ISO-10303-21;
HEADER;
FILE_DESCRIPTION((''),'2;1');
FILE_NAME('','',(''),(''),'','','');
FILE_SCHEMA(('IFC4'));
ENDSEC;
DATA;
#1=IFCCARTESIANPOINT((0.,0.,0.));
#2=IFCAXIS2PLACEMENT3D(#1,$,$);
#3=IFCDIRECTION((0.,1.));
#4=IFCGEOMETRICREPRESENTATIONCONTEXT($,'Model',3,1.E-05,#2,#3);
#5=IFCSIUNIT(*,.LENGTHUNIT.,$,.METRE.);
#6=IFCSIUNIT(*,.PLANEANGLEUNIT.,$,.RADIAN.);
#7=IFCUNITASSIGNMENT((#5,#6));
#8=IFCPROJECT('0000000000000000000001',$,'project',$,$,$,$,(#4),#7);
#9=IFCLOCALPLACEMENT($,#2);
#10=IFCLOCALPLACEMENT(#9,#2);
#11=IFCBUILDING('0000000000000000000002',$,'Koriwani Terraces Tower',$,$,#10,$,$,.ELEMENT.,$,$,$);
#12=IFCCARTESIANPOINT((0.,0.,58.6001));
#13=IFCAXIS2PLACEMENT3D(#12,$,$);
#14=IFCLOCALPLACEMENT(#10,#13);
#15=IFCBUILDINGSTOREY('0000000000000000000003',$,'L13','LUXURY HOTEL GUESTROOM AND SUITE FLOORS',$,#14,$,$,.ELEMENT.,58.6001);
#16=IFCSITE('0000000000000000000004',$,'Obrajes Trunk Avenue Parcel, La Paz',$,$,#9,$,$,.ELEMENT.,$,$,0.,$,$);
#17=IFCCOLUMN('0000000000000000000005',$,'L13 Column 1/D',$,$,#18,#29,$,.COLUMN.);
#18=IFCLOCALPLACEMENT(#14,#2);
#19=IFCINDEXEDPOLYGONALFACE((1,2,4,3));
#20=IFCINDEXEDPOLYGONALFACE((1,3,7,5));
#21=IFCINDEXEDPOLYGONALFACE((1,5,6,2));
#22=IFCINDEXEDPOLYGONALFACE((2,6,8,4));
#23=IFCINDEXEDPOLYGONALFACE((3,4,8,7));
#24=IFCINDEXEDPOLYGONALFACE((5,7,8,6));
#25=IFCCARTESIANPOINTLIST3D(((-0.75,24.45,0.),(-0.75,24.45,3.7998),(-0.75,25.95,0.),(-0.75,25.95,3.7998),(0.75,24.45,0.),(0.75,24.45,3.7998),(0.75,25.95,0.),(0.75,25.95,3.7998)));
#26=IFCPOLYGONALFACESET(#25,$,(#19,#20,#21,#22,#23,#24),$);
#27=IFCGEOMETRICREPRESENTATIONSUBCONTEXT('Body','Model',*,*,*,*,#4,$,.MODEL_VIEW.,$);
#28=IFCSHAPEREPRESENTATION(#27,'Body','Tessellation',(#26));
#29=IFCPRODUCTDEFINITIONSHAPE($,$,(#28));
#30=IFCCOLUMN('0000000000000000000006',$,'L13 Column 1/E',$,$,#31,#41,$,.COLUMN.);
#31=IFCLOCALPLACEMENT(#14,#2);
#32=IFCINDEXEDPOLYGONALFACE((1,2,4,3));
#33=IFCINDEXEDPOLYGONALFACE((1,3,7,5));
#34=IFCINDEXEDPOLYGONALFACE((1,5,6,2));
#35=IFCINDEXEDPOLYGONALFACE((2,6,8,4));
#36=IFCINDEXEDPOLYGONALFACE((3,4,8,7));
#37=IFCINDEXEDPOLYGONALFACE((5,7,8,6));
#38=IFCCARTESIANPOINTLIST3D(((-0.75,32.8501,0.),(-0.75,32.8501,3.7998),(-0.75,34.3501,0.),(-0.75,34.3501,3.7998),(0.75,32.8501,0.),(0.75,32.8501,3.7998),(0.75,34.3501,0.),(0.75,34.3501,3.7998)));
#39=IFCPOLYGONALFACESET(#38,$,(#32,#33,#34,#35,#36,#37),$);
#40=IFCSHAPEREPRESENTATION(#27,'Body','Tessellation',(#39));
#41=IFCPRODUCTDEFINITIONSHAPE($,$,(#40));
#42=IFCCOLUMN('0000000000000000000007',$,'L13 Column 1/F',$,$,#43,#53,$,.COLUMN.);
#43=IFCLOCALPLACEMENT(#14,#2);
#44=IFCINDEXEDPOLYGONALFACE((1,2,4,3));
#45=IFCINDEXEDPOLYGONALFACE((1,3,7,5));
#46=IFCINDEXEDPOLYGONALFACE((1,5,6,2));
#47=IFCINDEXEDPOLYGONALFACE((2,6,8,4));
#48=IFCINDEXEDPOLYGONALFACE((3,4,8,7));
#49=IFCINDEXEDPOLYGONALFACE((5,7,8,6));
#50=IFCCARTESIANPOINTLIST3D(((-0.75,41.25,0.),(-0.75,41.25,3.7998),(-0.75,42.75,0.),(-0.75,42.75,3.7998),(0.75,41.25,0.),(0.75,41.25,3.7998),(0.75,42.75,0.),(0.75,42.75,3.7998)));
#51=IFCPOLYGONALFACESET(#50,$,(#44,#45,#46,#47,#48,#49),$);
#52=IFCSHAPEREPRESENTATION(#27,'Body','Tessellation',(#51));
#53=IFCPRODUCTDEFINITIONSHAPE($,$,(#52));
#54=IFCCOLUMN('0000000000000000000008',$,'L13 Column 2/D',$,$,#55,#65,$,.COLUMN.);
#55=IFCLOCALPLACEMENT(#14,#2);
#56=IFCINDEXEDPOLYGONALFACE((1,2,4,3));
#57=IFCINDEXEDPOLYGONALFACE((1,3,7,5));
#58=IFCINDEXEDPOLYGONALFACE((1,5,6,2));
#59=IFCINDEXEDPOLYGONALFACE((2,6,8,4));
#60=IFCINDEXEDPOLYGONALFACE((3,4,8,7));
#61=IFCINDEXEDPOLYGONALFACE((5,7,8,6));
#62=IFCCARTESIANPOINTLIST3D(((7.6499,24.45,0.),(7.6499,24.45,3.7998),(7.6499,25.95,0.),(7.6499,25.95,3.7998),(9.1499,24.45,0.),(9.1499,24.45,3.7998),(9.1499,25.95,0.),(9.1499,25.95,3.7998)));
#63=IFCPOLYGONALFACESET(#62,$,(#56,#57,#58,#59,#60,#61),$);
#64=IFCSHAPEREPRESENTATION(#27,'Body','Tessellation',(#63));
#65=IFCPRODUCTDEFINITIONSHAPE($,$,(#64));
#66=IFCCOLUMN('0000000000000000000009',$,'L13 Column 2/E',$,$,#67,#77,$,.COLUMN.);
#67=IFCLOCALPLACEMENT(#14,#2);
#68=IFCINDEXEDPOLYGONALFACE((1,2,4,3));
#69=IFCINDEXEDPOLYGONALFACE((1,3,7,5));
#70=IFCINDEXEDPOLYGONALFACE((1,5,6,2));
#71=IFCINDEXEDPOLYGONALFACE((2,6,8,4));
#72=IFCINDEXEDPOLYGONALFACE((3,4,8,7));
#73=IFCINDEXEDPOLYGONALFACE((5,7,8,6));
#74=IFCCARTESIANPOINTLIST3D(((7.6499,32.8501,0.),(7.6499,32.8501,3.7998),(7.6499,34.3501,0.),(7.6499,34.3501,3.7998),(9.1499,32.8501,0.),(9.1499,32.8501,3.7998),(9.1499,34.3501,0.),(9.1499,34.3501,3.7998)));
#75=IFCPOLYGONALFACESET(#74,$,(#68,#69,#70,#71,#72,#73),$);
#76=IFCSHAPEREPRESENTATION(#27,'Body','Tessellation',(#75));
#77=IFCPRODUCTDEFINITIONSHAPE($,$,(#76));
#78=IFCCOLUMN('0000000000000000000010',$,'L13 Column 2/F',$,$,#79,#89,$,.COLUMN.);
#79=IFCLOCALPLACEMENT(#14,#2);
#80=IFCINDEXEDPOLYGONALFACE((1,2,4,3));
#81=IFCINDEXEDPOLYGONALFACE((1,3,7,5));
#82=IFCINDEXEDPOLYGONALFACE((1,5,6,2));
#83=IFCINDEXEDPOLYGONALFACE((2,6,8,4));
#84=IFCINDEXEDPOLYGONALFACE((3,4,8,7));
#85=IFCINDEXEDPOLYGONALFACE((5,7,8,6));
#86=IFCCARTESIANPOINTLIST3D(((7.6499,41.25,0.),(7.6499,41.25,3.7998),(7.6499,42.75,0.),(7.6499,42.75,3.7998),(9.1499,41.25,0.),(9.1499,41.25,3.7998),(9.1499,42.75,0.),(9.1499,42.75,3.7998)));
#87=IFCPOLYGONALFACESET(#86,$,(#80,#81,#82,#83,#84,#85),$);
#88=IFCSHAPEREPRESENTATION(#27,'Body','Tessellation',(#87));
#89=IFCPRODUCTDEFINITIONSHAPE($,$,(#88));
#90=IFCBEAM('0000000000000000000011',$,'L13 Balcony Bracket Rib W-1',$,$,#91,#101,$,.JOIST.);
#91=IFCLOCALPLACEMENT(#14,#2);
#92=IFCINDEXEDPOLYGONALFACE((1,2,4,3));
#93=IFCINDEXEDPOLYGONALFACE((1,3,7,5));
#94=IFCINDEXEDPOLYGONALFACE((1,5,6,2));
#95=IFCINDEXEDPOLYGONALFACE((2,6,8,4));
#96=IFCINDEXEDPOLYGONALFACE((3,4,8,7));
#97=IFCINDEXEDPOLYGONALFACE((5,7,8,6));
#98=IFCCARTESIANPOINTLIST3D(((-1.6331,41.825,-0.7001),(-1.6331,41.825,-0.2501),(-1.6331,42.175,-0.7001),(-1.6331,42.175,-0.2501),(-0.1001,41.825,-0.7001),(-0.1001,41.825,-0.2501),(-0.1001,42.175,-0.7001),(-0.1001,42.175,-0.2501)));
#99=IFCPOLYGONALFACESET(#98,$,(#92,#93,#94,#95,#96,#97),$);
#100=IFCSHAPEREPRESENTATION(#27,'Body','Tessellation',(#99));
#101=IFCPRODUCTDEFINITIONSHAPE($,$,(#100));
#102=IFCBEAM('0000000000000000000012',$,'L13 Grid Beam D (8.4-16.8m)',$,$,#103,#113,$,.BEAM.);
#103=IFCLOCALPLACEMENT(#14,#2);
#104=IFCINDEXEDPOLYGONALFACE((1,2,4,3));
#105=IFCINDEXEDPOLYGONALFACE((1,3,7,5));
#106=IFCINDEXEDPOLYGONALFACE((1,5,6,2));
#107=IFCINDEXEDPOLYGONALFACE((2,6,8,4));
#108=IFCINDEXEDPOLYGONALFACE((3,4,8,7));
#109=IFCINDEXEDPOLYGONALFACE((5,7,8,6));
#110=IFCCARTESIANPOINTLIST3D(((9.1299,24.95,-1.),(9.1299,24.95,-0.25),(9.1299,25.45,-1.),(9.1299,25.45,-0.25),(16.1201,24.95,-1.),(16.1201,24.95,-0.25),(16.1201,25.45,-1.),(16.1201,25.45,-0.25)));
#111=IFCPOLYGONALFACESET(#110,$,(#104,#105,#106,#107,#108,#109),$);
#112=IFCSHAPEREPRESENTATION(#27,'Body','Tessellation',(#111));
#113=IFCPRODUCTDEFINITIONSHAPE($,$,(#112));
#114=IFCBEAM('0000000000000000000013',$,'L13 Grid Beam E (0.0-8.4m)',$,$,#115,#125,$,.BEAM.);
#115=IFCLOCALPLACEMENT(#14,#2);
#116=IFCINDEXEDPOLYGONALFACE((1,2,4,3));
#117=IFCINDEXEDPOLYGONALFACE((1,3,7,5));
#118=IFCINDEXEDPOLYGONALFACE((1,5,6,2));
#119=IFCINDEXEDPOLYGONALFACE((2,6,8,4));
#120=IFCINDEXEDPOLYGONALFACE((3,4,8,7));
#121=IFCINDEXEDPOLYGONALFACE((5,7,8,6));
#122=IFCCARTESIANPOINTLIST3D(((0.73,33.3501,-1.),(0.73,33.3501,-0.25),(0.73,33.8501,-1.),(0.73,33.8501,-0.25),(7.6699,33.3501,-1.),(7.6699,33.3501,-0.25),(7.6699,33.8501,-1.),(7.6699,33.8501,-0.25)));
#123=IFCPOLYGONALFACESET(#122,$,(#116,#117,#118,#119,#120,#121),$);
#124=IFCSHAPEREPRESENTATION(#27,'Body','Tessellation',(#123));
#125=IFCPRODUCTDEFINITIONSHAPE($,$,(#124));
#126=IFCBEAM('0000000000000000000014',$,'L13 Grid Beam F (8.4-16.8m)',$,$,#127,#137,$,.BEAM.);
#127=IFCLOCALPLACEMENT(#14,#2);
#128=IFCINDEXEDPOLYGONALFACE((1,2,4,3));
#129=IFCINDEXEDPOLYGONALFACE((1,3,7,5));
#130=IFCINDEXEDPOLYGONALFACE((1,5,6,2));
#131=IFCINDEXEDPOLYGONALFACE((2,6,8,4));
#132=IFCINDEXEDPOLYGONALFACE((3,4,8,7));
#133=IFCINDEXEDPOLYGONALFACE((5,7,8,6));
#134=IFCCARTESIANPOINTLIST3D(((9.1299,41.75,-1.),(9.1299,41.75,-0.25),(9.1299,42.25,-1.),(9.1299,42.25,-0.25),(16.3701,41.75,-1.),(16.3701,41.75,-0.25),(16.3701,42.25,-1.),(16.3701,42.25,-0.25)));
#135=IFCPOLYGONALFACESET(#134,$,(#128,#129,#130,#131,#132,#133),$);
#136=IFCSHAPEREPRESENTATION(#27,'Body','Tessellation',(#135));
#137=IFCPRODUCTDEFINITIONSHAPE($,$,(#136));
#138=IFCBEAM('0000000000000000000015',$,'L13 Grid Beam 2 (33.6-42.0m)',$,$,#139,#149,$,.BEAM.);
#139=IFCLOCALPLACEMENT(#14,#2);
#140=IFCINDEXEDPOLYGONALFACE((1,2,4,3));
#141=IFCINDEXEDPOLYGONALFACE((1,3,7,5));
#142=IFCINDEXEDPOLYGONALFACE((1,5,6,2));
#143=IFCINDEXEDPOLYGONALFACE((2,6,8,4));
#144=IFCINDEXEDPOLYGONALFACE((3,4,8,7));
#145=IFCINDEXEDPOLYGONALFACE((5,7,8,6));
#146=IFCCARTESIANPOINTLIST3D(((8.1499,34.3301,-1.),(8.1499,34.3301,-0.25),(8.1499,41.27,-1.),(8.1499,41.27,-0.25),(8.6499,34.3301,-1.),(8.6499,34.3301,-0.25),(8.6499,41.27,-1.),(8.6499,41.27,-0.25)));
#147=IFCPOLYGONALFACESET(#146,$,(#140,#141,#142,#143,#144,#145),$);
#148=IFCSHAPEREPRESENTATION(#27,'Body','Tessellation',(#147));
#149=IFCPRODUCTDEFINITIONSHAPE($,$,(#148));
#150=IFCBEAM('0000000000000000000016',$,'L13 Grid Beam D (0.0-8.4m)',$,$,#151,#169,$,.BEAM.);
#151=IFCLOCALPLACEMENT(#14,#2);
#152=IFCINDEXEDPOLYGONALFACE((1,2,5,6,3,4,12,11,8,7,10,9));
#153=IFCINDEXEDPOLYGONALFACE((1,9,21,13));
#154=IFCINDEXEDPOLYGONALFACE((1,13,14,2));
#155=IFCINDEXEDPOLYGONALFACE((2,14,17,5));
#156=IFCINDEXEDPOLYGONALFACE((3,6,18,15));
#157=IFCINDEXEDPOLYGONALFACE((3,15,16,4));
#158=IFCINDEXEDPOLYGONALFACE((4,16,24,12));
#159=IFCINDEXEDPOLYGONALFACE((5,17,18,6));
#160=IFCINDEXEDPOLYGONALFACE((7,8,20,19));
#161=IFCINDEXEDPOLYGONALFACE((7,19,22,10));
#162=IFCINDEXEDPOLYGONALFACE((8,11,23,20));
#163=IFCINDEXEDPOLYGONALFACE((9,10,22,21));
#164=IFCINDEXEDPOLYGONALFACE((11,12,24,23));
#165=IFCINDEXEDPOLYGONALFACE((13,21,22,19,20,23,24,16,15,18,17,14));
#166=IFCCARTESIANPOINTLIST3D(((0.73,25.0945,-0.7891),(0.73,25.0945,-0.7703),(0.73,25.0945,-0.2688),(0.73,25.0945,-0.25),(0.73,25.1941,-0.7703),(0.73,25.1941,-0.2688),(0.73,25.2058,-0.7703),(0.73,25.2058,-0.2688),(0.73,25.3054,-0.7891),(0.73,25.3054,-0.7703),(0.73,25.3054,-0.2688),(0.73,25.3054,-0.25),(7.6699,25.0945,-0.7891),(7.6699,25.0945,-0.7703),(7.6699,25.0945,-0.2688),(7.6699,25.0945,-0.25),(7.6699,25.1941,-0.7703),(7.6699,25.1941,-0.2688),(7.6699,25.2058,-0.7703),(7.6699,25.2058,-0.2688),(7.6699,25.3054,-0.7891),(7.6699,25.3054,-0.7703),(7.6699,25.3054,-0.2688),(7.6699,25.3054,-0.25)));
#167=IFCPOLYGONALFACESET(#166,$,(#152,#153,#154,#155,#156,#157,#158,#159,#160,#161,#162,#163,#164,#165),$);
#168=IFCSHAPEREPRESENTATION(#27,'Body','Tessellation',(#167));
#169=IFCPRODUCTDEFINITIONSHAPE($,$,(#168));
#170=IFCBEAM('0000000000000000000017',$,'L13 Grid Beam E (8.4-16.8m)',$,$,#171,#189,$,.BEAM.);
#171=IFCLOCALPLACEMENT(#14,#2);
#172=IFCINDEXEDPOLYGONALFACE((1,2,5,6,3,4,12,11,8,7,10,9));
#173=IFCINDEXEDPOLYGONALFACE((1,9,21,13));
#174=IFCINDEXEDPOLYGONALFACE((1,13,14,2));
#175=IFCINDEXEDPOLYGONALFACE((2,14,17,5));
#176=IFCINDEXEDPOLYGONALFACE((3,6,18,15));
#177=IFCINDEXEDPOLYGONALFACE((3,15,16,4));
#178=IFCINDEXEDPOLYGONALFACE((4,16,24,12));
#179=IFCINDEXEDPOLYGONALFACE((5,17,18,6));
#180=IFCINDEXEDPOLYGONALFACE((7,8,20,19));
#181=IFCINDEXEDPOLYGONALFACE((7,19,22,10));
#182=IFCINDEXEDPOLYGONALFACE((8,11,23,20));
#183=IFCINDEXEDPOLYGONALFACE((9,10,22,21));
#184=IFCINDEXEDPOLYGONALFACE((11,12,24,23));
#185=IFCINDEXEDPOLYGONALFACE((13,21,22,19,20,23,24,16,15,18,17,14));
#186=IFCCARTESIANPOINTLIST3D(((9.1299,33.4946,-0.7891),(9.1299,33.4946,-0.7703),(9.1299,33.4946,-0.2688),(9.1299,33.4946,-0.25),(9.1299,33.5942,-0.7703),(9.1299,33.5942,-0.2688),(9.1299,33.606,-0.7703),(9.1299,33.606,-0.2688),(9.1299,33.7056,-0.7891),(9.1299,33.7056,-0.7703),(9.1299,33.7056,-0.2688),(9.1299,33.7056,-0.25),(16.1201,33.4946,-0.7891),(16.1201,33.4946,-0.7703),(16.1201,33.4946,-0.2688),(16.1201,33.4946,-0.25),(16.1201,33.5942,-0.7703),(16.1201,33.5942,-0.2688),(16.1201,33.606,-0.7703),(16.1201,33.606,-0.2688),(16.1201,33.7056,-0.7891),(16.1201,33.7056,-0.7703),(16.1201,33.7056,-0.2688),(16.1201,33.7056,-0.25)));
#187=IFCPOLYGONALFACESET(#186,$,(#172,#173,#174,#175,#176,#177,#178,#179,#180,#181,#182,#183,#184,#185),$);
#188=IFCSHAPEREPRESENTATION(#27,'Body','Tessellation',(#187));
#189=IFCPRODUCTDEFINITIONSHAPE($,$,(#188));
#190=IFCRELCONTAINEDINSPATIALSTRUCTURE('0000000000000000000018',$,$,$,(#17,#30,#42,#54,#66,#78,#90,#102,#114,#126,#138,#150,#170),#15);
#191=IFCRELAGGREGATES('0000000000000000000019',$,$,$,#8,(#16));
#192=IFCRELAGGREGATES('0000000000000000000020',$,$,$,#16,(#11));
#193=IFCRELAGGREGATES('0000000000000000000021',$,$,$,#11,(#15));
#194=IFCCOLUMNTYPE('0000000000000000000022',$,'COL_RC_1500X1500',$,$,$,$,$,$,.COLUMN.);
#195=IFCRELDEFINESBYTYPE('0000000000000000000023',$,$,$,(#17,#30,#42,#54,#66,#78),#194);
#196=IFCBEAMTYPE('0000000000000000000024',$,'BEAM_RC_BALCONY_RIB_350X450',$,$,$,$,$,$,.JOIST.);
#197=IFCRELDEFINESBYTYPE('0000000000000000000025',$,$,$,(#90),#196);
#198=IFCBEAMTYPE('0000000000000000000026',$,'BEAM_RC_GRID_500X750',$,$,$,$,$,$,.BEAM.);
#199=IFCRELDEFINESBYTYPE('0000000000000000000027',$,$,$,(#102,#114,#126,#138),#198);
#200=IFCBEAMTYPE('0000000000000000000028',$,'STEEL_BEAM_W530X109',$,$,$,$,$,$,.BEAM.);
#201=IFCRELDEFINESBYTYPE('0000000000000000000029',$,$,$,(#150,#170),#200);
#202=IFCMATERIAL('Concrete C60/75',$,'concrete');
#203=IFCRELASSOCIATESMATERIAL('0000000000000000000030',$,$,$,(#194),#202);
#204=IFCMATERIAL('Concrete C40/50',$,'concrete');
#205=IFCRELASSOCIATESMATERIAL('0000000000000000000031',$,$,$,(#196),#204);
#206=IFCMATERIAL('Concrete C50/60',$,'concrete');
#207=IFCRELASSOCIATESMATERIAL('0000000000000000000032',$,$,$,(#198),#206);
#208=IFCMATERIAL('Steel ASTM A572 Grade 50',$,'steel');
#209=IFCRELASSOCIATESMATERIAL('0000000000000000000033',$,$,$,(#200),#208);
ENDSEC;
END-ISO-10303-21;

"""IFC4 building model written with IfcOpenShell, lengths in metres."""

from ifc_helpers import new_model, si_unit, direction, frame, origin, origin_2d, place, context, subcontext, project, spatial, rectangle, i_section, extrude, material, material_profile, profile_set, type_object, element, save


model = new_model("IFC4")

# Units and contexts
model_context = context("Model", 3, precision=1e-05, world=origin(), true_north=direction((0.0, 1.0)))
body_context = subcontext(model_context, "Body", "Model", "MODEL_VIEW")
ifc_project = project(units=[si_unit("LENGTHUNIT", "METRE"), si_unit("PLANEANGLEUNIT", "RADIAN")], contexts=[model_context])

# Site, building, storey
site_placement = place(None, origin())
site = spatial("IfcSite", under=ifc_project, at=site_placement, Name="Obrajes Trunk Avenue Parcel, La Paz", CompositionType="ELEMENT", RefElevation=0.0)
building_placement = place(site_placement, origin())
building = spatial("IfcBuilding", under=site, at=building_placement, Name="Koriwani Terraces Tower", CompositionType="ELEMENT")
storey_placement = place(building_placement, frame((0.0, 0.0, 58.6001)))
storey = spatial("IfcBuildingStorey", under=building, at=storey_placement, Name="L13", Description="LUXURY HOTEL GUESTROOM AND SUITE FLOORS", CompositionType="ELEMENT", Elevation=58.6001)

# Columns
ifc_material_1 = material(Name="Concrete C60/75", Category="concrete")
ifc_material_profile_1 = material_profile(ifc_material_1, rectangle(XDim=1.5, YDim=1.5, at=origin_2d()), Name="Concrete C60/75", Category="LoadBearing")
ifc_profile_set_1 = profile_set([ifc_material_profile_1], Name="Concrete C60/75")
column_type = type_object("IfcColumnType", Name="COL_RC_1500X1500", PredefinedType="COLUMN", material=ifc_profile_set_1)
for number, where, z_axis, x_axis, name in (
    (1, (0.0, 25.2, 0.0), (0.0, 0.0, 1.0), (1.0, 0.0, 0.0), "L13 Column 1/D"),
    (2, (0.0, 33.6001, 0.0), (0.0, 0.0, 1.0), (1.0, 0.0, 0.0), "L13 Column 1/E"),
    (3, (0.0, 42.0, 0.0), (0.0, 0.0, 1.0), (1.0, 0.0, 0.0), "L13 Column 1/F"),
    (4, (8.3999, 25.2, 0.0), (0.0, 0.0, 1.0), (1.0, 0.0, 0.0), "L13 Column 2/D"),
    (5, (8.3999, 33.6001, 0.0), (0.0, 0.0, 1.0), (1.0, 0.0, 0.0), "L13 Column 2/E"),
    (6, (8.3999, 42.0, 0.0), (0.0, 0.0, 1.0), (1.0, 0.0, 0.0), "L13 Column 2/F"),
):
    element("IfcColumn", number, at=place(storey_placement, frame(where, z_axis=z_axis, x_axis=x_axis)), inside=storey, type_object=column_type, Name=name, PredefinedType="COLUMN", context=body_context, shape_type="SweptSolid", body=[
        extrude(rectangle(XDim=1.5, YDim=1.5, at=origin_2d()), origin(), (0.0, 0.0, 1.0), 3.7998),
    ])

# Beams
ifc_material_2 = material(Name="Concrete C40/50", Category="concrete")
ifc_material_profile_2 = material_profile(ifc_material_2, rectangle(XDim=0.3501, YDim=0.45, at=origin_2d()), Name="Concrete C40/50", Category="LoadBearing")
ifc_profile_set_2 = profile_set([ifc_material_profile_2], Name="Concrete C40/50")
beam_type_1 = type_object("IfcBeamType", Name="BEAM_RC_BALCONY_RIB_350X450", PredefinedType="JOIST", material=ifc_profile_set_2)
beam_1_placement = place(storey_placement, frame((-1.6331, 42.0, -0.4751), z_axis=(1.0, 0.0, 0.0), x_axis=(0.0, 1.0, 0.0)))
element("IfcBeam", 7, at=beam_1_placement, inside=storey, type_object=beam_type_1, Name="L13 Balcony Bracket Rib W-1", PredefinedType="JOIST", context=body_context, shape_type="SweptSolid", body=[
    extrude(rectangle(XDim=0.3501, YDim=0.45, at=origin_2d()), origin(), (0.0, 0.0, 1.0), 1.533),
])
ifc_material_3 = material(Name="Concrete C50/60", Category="concrete")
ifc_material_profile_3 = material_profile(ifc_material_3, rectangle(XDim=0.5, YDim=0.75, at=origin_2d()), Name="Concrete C50/60", Category="LoadBearing")
ifc_profile_set_3 = profile_set([ifc_material_profile_3], Name="Concrete C50/60")
beam_type_2 = type_object("IfcBeamType", Name="BEAM_RC_GRID_500X750", PredefinedType="BEAM", material=ifc_profile_set_3)
beam_2_placement = place(storey_placement, frame((9.1299, 25.2, -0.625), z_axis=(1.0, 0.0, 0.0), x_axis=(0.0, 1.0, 0.0)))
element("IfcBeam", 8, at=beam_2_placement, inside=storey, type_object=beam_type_2, Name="L13 Grid Beam D (8.4-16.8m)", PredefinedType="BEAM", context=body_context, shape_type="SweptSolid", body=[
    extrude(rectangle(XDim=0.5, YDim=0.75, at=origin_2d()), origin(), (0.0, 0.0, 1.0), 6.9902),
])
beam_3_placement = place(storey_placement, frame((0.73, 33.6001, -0.625), z_axis=(1.0, 0.0, 0.0), x_axis=(0.0, 1.0, 0.0)))
element("IfcBeam", 9, at=beam_3_placement, inside=storey, type_object=beam_type_2, Name="L13 Grid Beam E (0.0-8.4m)", PredefinedType="BEAM", context=body_context, shape_type="SweptSolid", body=[
    extrude(rectangle(XDim=0.5, YDim=0.75, at=origin_2d()), origin(), (0.0, 0.0, 1.0), 6.9399),
])
beam_4_placement = place(storey_placement, frame((9.1299, 42.0, -0.625), z_axis=(1.0, 0.0, 0.0), x_axis=(0.0, 1.0, 0.0)))
element("IfcBeam", 10, at=beam_4_placement, inside=storey, type_object=beam_type_2, Name="L13 Grid Beam F (8.4-16.8m)", PredefinedType="BEAM", context=body_context, shape_type="SweptSolid", body=[
    extrude(rectangle(XDim=0.5, YDim=0.75, at=origin_2d()), origin(), (0.0, 0.0, 1.0), 7.2402),
])
beam_5_placement = place(storey_placement, frame((8.3999, 34.3301, -0.625), z_axis=(0.0, 1.0, 0.0), x_axis=(-1.0, 0.0, 0.0)))
element("IfcBeam", 11, at=beam_5_placement, inside=storey, type_object=beam_type_2, Name="L13 Grid Beam 2 (33.6-42.0m)", PredefinedType="BEAM", context=body_context, shape_type="SweptSolid", body=[
    extrude(rectangle(XDim=0.5, YDim=0.75, at=origin_2d()), origin(), (0.0, 0.0, 1.0), 6.9399),
])
ifc_material_4 = material(Name="Steel ASTM A572 Grade 50", Category="steel")
ifc_material_profile_4 = material_profile(ifc_material_4, i_section(OverallWidth=0.2109, OverallDepth=0.5391, WebThickness=0.0117, FlangeThickness=0.0188, at=origin_2d()), Name="Steel ASTM A572 Grade 50", Category="LoadBearing")
ifc_profile_set_4 = profile_set([ifc_material_profile_4], Name="Steel ASTM A572 Grade 50")
beam_type_3 = type_object("IfcBeamType", Name="STEEL_BEAM_W530X109", PredefinedType="BEAM", material=ifc_profile_set_4)
beam_6_placement = place(storey_placement, frame((0.73, 25.2, -0.5195), z_axis=(1.0, 0.0, 0.0), x_axis=(0.0, 1.0, 0.0)))
element("IfcBeam", 12, at=beam_6_placement, inside=storey, type_object=beam_type_3, Name="L13 Grid Beam D (0.0-8.4m)", PredefinedType="BEAM", context=body_context, shape_type="SweptSolid", body=[
    extrude(i_section(OverallWidth=0.2109, OverallDepth=0.5391, WebThickness=0.0117, FlangeThickness=0.0188, at=origin_2d()), origin(), (0.0, 0.0, 1.0), 6.9399),
])
beam_7_placement = place(storey_placement, frame((9.1299, 33.6001, -0.5195), z_axis=(1.0, 0.0, 0.0), x_axis=(0.0, 1.0, 0.0)))
element("IfcBeam", 13, at=beam_7_placement, inside=storey, type_object=beam_type_3, Name="L13 Grid Beam E (8.4-16.8m)", PredefinedType="BEAM", context=body_context, shape_type="SweptSolid", body=[
    extrude(i_section(OverallWidth=0.2109, OverallDepth=0.5391, WebThickness=0.0117, FlangeThickness=0.0188, at=origin_2d()), origin(), (0.0, 0.0, 1.0), 6.9902),
])

save(model, "model.ifc")
